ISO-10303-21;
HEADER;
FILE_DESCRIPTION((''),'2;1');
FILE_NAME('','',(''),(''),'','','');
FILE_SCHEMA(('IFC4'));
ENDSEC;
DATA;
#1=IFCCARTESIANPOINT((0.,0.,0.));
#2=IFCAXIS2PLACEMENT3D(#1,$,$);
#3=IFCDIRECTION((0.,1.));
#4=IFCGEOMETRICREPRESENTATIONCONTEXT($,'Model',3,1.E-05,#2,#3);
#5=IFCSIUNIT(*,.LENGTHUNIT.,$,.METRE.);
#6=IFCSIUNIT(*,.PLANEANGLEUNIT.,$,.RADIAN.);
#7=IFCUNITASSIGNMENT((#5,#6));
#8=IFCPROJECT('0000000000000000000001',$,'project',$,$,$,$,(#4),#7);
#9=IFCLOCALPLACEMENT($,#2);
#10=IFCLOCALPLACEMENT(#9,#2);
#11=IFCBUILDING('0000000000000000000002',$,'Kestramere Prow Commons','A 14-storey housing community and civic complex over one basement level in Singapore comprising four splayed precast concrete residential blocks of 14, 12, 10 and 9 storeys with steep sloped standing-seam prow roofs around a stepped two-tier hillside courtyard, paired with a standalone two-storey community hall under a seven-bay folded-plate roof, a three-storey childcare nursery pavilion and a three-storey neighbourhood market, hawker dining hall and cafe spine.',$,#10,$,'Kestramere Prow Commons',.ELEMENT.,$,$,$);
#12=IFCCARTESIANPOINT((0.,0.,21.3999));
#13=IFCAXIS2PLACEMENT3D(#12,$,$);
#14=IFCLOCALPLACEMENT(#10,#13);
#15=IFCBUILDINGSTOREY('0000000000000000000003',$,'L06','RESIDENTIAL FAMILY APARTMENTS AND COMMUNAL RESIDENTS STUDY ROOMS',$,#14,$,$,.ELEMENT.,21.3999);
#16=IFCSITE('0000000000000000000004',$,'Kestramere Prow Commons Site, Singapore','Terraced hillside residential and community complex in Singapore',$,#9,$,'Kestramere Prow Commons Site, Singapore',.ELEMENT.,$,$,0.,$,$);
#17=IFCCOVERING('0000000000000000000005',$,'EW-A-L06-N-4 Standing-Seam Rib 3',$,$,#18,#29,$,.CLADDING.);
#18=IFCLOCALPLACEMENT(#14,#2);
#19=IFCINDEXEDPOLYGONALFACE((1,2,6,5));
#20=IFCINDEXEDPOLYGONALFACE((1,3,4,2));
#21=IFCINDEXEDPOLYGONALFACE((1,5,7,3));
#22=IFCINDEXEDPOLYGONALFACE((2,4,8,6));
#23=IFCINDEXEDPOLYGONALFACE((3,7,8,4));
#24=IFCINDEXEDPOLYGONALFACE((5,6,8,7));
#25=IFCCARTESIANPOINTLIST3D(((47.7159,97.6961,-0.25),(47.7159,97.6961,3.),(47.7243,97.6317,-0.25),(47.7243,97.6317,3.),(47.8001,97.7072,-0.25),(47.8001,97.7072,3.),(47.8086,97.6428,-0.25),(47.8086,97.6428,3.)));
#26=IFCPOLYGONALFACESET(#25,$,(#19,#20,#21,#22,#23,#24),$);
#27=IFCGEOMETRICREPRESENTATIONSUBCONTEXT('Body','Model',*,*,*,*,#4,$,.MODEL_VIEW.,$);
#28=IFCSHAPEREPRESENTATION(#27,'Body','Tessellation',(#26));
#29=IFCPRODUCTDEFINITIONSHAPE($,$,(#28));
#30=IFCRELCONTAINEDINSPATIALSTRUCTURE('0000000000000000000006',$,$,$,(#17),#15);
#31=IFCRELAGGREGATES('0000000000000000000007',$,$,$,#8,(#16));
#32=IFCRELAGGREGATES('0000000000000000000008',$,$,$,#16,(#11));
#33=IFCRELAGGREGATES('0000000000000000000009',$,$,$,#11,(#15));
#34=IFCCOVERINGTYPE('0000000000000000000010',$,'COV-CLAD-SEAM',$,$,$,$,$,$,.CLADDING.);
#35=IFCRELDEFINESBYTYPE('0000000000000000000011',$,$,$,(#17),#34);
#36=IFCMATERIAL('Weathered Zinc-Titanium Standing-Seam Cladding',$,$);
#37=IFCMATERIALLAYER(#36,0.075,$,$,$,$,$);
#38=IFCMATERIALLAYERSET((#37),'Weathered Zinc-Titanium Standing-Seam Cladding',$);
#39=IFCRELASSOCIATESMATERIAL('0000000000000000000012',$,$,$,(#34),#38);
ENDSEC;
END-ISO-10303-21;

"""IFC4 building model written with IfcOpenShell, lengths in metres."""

from ifc_helpers import new_model, si_unit, direction, frame, origin, origin_2d, place, context, subcontext, project, spatial, rectangle, extrude, material, layer, layer_set, type_object, element, save


model = new_model("IFC4")

# Units and contexts
model_context = context("Model", 3, precision=1e-05, world=origin(), true_north=direction((0.0, 1.0)))
body_context = subcontext(model_context, "Body", "Model", "MODEL_VIEW")
ifc_project = project(units=[si_unit("LENGTHUNIT", "METRE"), si_unit("PLANEANGLEUNIT", "RADIAN")], contexts=[model_context])

# Site, building, storey
site_placement = place(None, origin())
site = spatial("IfcSite", under=ifc_project, at=site_placement, Name="Kestramere Prow Commons Site, Singapore", Description="Terraced hillside residential and community complex in Singapore", LongName="Kestramere Prow Commons Site, Singapore", CompositionType="ELEMENT", RefElevation=0.0)
building_placement = place(site_placement, origin())
building = spatial("IfcBuilding", under=site, at=building_placement, Name="Kestramere Prow Commons", Description="A 14-storey housing community and civic complex over one basement level in Singapore comprising four splayed precast concrete residential blocks of 14, 12, 10 and 9 storeys with steep sloped standing-seam prow roofs around a stepped two-tier hillside courtyard, paired with a standalone two-storey community hall under a seven-bay folded-plate roof, a three-storey childcare nursery pavilion and a three-storey neighbourhood market, hawker dining hall and cafe spine.", LongName="Kestramere Prow Commons", CompositionType="ELEMENT")
storey_placement = place(building_placement, frame((0.0, 0.0, 21.3999)))
storey = spatial("IfcBuildingStorey", under=building, at=storey_placement, Name="L06", Description="RESIDENTIAL FAMILY APARTMENTS AND COMMUNAL RESIDENTS STUDY ROOMS", CompositionType="ELEMENT", Elevation=21.3999)

# Covering
ifc_material_1 = material(Name="Weathered Zinc-Titanium Standing-Seam Cladding")
ifc_layer_1 = layer(ifc_material_1, 0.075)
ifc_layer_set_1 = layer_set([ifc_layer_1], Name="Weathered Zinc-Titanium Standing-Seam Cladding")
covering_type = type_object("IfcCoveringType", Name="COV-CLAD-SEAM", PredefinedType="CLADDING", material=ifc_layer_set_1)
for number, where, z_axis, x_axis, name in (
    (1, (47.7622, 97.6694, -0.25), (0.0, 0.0, 1.0), (0.991445, 0.130526, 0.0), "EW-A-L06-N-4 Standing-Seam Rib 3"),
):
    element("IfcCovering", number, at=place(storey_placement, frame(where, z_axis=z_axis, x_axis=x_axis)), inside=storey, type_object=covering_type, Name=name, PredefinedType="CLADDING", context=body_context, shape_type="SweptSolid", body=[
        extrude(rectangle(XDim=0.085, YDim=0.0649, at=origin_2d()), origin(), (0.0, 0.0, 1.0), 3.25),
    ])

save(model, "model.ifc")
